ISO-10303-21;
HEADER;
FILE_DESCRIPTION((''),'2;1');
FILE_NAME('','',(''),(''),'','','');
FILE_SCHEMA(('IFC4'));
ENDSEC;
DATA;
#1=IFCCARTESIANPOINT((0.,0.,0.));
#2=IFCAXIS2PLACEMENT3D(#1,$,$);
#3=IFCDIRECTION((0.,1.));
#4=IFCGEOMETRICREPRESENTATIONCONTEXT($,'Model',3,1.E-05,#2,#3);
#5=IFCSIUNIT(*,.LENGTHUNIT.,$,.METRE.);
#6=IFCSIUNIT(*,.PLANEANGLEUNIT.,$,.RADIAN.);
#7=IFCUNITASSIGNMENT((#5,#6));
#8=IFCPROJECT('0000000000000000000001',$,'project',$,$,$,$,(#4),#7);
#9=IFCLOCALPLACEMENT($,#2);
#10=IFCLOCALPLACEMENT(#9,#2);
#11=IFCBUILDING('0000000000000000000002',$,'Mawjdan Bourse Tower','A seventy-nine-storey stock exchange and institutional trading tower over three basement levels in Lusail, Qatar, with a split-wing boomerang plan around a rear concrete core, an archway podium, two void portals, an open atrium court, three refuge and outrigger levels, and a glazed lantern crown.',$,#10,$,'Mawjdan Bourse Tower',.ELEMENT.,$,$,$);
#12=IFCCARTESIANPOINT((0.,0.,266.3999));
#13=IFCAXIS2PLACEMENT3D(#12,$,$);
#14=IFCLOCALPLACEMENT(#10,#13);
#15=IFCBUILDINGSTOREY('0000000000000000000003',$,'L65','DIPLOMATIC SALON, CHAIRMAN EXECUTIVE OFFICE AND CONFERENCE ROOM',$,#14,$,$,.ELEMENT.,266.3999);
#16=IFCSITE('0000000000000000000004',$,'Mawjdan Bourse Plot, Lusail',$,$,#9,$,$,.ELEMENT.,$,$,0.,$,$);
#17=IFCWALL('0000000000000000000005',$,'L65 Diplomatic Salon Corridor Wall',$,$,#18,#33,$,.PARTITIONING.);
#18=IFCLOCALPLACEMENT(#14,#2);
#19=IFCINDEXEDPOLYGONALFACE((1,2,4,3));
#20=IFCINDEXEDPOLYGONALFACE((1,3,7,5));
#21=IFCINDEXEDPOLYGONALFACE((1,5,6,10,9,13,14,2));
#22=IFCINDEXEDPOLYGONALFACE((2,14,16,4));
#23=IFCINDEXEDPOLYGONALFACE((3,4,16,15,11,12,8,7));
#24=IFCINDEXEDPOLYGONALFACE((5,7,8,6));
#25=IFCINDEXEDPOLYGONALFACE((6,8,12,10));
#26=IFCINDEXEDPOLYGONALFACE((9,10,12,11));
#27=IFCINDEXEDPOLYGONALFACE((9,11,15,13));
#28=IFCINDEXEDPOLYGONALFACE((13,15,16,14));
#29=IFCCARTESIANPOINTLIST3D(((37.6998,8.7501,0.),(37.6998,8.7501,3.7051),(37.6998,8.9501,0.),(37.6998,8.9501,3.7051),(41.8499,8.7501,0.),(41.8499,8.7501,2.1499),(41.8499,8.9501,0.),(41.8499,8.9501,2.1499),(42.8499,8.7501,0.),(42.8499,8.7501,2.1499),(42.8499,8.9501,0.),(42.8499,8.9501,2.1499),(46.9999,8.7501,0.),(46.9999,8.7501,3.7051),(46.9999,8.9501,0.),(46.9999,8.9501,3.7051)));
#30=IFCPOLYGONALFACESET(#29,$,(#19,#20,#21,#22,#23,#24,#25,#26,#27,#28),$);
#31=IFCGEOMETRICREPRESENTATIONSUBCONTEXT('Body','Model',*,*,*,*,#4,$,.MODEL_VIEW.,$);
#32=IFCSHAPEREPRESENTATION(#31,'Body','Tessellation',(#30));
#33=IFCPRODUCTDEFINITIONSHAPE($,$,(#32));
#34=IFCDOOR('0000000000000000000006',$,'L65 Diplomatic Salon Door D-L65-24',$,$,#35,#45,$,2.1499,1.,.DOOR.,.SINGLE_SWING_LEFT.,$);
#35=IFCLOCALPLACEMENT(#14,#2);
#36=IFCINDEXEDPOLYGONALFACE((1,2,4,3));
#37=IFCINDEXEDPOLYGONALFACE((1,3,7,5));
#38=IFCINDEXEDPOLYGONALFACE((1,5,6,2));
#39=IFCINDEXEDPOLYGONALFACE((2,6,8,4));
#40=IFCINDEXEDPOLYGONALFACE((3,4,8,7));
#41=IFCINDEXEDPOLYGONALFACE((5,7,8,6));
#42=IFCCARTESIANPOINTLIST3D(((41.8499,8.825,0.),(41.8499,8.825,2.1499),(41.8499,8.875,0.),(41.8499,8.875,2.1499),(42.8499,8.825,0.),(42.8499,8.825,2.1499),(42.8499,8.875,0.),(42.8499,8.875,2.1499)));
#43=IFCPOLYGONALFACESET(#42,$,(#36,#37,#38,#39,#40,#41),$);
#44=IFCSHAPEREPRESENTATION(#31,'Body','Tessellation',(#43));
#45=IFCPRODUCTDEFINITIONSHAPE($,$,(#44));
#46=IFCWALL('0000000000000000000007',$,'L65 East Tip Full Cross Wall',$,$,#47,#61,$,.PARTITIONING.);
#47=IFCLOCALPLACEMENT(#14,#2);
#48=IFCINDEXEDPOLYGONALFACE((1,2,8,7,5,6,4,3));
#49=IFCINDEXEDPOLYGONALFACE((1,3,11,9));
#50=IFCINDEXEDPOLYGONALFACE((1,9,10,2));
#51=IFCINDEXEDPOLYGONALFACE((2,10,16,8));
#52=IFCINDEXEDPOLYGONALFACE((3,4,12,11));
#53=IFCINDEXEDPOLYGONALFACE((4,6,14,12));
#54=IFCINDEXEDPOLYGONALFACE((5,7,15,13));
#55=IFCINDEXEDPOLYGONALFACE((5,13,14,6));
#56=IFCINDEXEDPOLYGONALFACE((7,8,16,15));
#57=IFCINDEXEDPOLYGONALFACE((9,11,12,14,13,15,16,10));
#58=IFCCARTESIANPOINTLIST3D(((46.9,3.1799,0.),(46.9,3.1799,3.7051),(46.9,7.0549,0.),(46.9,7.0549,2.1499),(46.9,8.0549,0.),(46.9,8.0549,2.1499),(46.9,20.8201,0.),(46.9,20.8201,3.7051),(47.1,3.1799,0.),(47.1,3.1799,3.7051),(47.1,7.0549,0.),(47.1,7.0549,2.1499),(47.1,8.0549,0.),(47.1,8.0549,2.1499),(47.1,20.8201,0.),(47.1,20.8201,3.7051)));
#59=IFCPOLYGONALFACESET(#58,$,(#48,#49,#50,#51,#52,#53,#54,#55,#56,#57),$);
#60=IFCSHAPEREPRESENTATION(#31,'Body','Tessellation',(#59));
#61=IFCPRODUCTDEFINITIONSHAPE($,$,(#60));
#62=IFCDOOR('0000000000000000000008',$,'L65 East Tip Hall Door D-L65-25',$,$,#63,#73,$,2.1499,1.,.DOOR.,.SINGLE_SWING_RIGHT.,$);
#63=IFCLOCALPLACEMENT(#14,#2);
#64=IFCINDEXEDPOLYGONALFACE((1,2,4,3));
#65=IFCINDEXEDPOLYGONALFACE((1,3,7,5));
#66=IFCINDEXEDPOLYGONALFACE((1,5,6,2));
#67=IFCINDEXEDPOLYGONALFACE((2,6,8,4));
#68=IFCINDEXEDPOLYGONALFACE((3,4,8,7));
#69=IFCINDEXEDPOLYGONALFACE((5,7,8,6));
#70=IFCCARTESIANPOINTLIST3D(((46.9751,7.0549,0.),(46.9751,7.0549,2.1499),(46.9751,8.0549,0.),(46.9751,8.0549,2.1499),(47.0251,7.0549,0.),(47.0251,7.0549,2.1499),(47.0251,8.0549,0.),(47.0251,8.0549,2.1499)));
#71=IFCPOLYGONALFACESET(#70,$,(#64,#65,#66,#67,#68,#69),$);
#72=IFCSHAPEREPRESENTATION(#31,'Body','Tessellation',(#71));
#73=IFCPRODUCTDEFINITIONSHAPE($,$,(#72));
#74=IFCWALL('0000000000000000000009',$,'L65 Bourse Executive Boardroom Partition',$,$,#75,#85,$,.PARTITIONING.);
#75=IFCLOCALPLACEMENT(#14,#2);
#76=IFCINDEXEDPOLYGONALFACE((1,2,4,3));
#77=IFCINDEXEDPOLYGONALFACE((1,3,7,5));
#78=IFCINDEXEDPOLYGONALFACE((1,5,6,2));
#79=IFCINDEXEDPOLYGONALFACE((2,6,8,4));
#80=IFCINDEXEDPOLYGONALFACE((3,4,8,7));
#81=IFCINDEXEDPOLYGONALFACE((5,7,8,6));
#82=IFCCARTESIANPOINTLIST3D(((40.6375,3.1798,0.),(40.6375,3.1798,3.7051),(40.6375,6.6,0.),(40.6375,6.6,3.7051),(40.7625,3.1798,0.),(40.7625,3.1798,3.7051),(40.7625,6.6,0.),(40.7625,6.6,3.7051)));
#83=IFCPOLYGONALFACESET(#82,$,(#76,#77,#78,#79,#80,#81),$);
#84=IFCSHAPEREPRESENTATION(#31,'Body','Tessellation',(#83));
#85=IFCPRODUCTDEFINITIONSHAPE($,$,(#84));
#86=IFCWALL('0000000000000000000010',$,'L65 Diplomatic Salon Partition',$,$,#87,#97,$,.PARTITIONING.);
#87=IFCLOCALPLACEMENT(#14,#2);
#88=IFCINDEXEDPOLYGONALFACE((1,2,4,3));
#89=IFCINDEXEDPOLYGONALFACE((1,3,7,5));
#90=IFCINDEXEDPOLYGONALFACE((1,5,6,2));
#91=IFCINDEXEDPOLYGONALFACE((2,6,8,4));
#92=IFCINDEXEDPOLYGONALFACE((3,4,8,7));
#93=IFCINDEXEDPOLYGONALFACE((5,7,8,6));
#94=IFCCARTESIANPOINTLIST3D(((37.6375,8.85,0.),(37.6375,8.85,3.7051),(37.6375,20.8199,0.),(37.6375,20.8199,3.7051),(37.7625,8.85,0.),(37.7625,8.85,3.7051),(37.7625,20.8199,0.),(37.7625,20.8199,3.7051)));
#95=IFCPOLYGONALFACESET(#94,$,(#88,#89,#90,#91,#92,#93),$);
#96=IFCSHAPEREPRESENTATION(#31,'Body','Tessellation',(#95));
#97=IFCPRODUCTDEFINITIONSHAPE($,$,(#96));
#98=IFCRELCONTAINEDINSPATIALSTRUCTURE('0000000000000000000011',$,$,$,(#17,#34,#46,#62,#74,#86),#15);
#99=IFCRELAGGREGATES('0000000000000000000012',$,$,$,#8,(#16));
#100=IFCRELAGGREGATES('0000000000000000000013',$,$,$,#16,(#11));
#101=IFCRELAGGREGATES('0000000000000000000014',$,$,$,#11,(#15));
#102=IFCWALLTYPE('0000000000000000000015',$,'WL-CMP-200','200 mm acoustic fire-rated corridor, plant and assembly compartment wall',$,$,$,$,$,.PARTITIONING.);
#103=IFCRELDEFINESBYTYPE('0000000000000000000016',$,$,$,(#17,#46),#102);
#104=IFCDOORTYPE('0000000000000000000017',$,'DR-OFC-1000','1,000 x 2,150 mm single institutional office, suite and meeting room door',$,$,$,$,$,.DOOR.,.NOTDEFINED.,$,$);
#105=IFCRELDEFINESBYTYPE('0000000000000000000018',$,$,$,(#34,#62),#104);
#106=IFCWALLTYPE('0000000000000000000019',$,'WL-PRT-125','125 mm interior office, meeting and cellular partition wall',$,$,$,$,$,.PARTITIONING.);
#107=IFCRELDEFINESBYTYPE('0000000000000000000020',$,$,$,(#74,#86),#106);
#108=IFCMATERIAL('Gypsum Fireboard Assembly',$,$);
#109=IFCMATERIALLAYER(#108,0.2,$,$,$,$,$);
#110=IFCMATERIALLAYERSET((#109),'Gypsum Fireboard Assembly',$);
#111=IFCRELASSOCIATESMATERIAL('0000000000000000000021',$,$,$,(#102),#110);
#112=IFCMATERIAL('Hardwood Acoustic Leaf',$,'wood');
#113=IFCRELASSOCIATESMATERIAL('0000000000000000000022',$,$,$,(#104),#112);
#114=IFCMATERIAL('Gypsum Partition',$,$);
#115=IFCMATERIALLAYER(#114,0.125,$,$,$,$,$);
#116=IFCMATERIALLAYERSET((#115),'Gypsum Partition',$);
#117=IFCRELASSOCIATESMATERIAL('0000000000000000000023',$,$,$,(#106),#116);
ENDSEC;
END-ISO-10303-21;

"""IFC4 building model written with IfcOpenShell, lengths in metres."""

from ifc_helpers import new_model, si_unit, direction, frame, frame_2d, origin, place, context, subcontext, project, spatial, rectangle, extrude, material, layer, layer_set, type_object, element, fill, save


model = new_model("IFC4")

# Units and contexts
model_context = context("Model", 3, precision=1e-05, world=origin(), true_north=direction((0.0, 1.0)))
body_context = subcontext(model_context, "Body", "Model", "MODEL_VIEW")
ifc_project = project(units=[si_unit("LENGTHUNIT", "METRE"), si_unit("PLANEANGLEUNIT", "RADIAN")], contexts=[model_context])

# Site, building, storey
site_placement = place(None, origin())
site = spatial("IfcSite", under=ifc_project, at=site_placement, Name="Mawjdan Bourse Plot, Lusail", CompositionType="ELEMENT", RefElevation=0.0)
building_placement = place(site_placement, origin())
building = spatial("IfcBuilding", under=site, at=building_placement, Name="Mawjdan Bourse Tower", Description="A seventy-nine-storey stock exchange and institutional trading tower over three basement levels in Lusail, Qatar, with a split-wing boomerang plan around a rear concrete core, an archway podium, two void portals, an open atrium court, three refuge and outrigger levels, and a glazed lantern crown.", LongName="Mawjdan Bourse Tower", CompositionType="ELEMENT")
storey_placement = place(building_placement, frame((0.0, 0.0, 266.3999)))
storey = spatial("IfcBuildingStorey", under=building, at=storey_placement, Name="L65", Description="DIPLOMATIC SALON, CHAIRMAN EXECUTIVE OFFICE AND CONFERENCE ROOM", CompositionType="ELEMENT", Elevation=266.3999)

# Walls, openings, doors
ifc_material_1 = material(Name="Gypsum Fireboard Assembly")
ifc_layer_1 = layer(ifc_material_1, 0.2)
ifc_layer_set_1 = layer_set([ifc_layer_1], Name="Gypsum Fireboard Assembly")
wall_type_1 = type_object("IfcWallType", Name="WL-CMP-200", Description="200 mm acoustic fire-rated corridor, plant and assembly compartment wall", PredefinedType="PARTITIONING", material=ifc_layer_set_1)
wall_1_placement = place(storey_placement, frame((37.7, 8.8501, 0.0), z_axis=(0.0, 0.0, 1.0), x_axis=(1.0, 0.0, 0.0)))
wall_1 = element("IfcWall", 1, at=wall_1_placement, inside=storey, type_object=wall_type_1, Name="L65 Diplomatic Salon Corridor Wall", PredefinedType="PARTITIONING", context=body_context, shape_type="SweptSolid", body=[
    extrude(rectangle(XDim=9.3, YDim=0.2, at=frame_2d((4.6499, 0.0))), origin(), (0.0, 0.0, 1.0), 3.7051),
])
opening_1_placement = place(wall_1_placement, frame((4.1499, 0.0, 0.0)))
opening_1 = element("IfcOpeningElement", 2, at=opening_1_placement, cuts=wall_1, PredefinedType="OPENING", context=body_context, shape_type="SweptSolid", body=[
    extrude(rectangle(XDim=1.0, YDim=2.1499, at=frame_2d((0.5, 1.075))), frame((0.0, 0.1099, 0.0), z_axis=(0.0, -1.0, 0.0), x_axis=(1.0, 0.0, 0.0)), (0.0, 0.0, 1.0), 0.22),
])
ifc_material_2 = material(Name="Hardwood Acoustic Leaf", Category="wood")
door_type_1 = type_object("IfcDoorType", Name="DR-OFC-1000", Description="1,000 x 2,150 mm single institutional office, suite and meeting room door", OperationType="NOTDEFINED", PredefinedType="DOOR", material=ifc_material_2)
door_1_placement = place(opening_1_placement, origin())
door_1 = element("IfcDoor", 3, at=door_1_placement, inside=storey, type_object=door_type_1, Name="L65 Diplomatic Salon Door D-L65-24", OperationType="SINGLE_SWING_LEFT", OverallHeight=2.1499, OverallWidth=1.0, PredefinedType="DOOR", context=body_context, shape_type="SweptSolid", body=[
    extrude(rectangle(XDim=1.0, YDim=2.1499, at=frame_2d((0.5, 1.075))), frame((0.0, 0.0249, 0.0), z_axis=(0.0, -1.0, 0.0), x_axis=(1.0, 0.0, 0.0)), (0.0, 0.0, 1.0), 0.05),
])
fill(opening_1, door_1)
wall_2_placement = place(storey_placement, frame((47.0, 3.1799, 0.0), z_axis=(0.0, 0.0, 1.0), x_axis=(0.0, 1.0, 0.0)))
wall_2 = element("IfcWall", 4, at=wall_2_placement, inside=storey, type_object=wall_type_1, Name="L65 East Tip Full Cross Wall", PredefinedType="PARTITIONING", context=body_context, shape_type="SweptSolid", body=[
    extrude(rectangle(XDim=17.6401, YDim=0.2, at=frame_2d((8.8201, 0.0))), origin(), (0.0, 0.0, 1.0), 3.7051),
])
opening_2_placement = place(wall_2_placement, frame((3.875, 0.0, 0.0)))
opening_2 = element("IfcOpeningElement", 5, at=opening_2_placement, cuts=wall_2, PredefinedType="OPENING", context=body_context, shape_type="SweptSolid", body=[
    extrude(rectangle(XDim=1.0, YDim=2.1499, at=frame_2d((0.5, 1.075))), frame((0.0, 0.1099, 0.0), z_axis=(0.0, -1.0, 0.0), x_axis=(1.0, 0.0, 0.0)), (0.0, 0.0, 1.0), 0.22),
])
door_2_placement = place(opening_2_placement, origin())
door_2 = element("IfcDoor", 6, at=door_2_placement, inside=storey, type_object=door_type_1, Name="L65 East Tip Hall Door D-L65-25", OperationType="SINGLE_SWING_RIGHT", OverallHeight=2.1499, OverallWidth=1.0, PredefinedType="DOOR", context=body_context, shape_type="SweptSolid", body=[
    extrude(rectangle(XDim=1.0, YDim=2.1499, at=frame_2d((0.5, 1.075))), frame((0.0, 0.0249, 0.0), z_axis=(0.0, -1.0, 0.0), x_axis=(1.0, 0.0, 0.0)), (0.0, 0.0, 1.0), 0.05),
])
fill(opening_2, door_2)

# Walls
ifc_material_3 = material(Name="Gypsum Partition")
ifc_layer_2 = layer(ifc_material_3, 0.125)
ifc_layer_set_2 = layer_set([ifc_layer_2], Name="Gypsum Partition")
wall_type_2 = type_object("IfcWallType", Name="WL-PRT-125", Description="125 mm interior office, meeting and cellular partition wall", PredefinedType="PARTITIONING", material=ifc_layer_set_2)
wall_3_placement = place(storey_placement, frame((40.7, 3.1799, 0.0), z_axis=(0.0, 0.0, 1.0), x_axis=(0.0, 1.0, 0.0)))
element("IfcWall", 7, at=wall_3_placement, inside=storey, type_object=wall_type_2, Name="L65 Bourse Executive Boardroom Partition", PredefinedType="PARTITIONING", context=body_context, shape_type="SweptSolid", body=[
    extrude(rectangle(XDim=3.4202, YDim=0.125, at=frame_2d((1.71, 0.0))), origin(), (0.0, 0.0, 1.0), 3.7051),
])
wall_4_placement = place(storey_placement, frame((37.7, 8.8501, 0.0), z_axis=(0.0, 0.0, 1.0), x_axis=(0.0, 1.0, 0.0)))
element("IfcWall", 8, at=wall_4_placement, inside=storey, type_object=wall_type_2, Name="L65 Diplomatic Salon Partition", PredefinedType="PARTITIONING", context=body_context, shape_type="SweptSolid", body=[
    extrude(rectangle(XDim=11.97, YDim=0.125, at=frame_2d((5.9849, 0.0))), origin(), (0.0, 0.0, 1.0), 3.7051),
])

save(model, "model.ifc")
